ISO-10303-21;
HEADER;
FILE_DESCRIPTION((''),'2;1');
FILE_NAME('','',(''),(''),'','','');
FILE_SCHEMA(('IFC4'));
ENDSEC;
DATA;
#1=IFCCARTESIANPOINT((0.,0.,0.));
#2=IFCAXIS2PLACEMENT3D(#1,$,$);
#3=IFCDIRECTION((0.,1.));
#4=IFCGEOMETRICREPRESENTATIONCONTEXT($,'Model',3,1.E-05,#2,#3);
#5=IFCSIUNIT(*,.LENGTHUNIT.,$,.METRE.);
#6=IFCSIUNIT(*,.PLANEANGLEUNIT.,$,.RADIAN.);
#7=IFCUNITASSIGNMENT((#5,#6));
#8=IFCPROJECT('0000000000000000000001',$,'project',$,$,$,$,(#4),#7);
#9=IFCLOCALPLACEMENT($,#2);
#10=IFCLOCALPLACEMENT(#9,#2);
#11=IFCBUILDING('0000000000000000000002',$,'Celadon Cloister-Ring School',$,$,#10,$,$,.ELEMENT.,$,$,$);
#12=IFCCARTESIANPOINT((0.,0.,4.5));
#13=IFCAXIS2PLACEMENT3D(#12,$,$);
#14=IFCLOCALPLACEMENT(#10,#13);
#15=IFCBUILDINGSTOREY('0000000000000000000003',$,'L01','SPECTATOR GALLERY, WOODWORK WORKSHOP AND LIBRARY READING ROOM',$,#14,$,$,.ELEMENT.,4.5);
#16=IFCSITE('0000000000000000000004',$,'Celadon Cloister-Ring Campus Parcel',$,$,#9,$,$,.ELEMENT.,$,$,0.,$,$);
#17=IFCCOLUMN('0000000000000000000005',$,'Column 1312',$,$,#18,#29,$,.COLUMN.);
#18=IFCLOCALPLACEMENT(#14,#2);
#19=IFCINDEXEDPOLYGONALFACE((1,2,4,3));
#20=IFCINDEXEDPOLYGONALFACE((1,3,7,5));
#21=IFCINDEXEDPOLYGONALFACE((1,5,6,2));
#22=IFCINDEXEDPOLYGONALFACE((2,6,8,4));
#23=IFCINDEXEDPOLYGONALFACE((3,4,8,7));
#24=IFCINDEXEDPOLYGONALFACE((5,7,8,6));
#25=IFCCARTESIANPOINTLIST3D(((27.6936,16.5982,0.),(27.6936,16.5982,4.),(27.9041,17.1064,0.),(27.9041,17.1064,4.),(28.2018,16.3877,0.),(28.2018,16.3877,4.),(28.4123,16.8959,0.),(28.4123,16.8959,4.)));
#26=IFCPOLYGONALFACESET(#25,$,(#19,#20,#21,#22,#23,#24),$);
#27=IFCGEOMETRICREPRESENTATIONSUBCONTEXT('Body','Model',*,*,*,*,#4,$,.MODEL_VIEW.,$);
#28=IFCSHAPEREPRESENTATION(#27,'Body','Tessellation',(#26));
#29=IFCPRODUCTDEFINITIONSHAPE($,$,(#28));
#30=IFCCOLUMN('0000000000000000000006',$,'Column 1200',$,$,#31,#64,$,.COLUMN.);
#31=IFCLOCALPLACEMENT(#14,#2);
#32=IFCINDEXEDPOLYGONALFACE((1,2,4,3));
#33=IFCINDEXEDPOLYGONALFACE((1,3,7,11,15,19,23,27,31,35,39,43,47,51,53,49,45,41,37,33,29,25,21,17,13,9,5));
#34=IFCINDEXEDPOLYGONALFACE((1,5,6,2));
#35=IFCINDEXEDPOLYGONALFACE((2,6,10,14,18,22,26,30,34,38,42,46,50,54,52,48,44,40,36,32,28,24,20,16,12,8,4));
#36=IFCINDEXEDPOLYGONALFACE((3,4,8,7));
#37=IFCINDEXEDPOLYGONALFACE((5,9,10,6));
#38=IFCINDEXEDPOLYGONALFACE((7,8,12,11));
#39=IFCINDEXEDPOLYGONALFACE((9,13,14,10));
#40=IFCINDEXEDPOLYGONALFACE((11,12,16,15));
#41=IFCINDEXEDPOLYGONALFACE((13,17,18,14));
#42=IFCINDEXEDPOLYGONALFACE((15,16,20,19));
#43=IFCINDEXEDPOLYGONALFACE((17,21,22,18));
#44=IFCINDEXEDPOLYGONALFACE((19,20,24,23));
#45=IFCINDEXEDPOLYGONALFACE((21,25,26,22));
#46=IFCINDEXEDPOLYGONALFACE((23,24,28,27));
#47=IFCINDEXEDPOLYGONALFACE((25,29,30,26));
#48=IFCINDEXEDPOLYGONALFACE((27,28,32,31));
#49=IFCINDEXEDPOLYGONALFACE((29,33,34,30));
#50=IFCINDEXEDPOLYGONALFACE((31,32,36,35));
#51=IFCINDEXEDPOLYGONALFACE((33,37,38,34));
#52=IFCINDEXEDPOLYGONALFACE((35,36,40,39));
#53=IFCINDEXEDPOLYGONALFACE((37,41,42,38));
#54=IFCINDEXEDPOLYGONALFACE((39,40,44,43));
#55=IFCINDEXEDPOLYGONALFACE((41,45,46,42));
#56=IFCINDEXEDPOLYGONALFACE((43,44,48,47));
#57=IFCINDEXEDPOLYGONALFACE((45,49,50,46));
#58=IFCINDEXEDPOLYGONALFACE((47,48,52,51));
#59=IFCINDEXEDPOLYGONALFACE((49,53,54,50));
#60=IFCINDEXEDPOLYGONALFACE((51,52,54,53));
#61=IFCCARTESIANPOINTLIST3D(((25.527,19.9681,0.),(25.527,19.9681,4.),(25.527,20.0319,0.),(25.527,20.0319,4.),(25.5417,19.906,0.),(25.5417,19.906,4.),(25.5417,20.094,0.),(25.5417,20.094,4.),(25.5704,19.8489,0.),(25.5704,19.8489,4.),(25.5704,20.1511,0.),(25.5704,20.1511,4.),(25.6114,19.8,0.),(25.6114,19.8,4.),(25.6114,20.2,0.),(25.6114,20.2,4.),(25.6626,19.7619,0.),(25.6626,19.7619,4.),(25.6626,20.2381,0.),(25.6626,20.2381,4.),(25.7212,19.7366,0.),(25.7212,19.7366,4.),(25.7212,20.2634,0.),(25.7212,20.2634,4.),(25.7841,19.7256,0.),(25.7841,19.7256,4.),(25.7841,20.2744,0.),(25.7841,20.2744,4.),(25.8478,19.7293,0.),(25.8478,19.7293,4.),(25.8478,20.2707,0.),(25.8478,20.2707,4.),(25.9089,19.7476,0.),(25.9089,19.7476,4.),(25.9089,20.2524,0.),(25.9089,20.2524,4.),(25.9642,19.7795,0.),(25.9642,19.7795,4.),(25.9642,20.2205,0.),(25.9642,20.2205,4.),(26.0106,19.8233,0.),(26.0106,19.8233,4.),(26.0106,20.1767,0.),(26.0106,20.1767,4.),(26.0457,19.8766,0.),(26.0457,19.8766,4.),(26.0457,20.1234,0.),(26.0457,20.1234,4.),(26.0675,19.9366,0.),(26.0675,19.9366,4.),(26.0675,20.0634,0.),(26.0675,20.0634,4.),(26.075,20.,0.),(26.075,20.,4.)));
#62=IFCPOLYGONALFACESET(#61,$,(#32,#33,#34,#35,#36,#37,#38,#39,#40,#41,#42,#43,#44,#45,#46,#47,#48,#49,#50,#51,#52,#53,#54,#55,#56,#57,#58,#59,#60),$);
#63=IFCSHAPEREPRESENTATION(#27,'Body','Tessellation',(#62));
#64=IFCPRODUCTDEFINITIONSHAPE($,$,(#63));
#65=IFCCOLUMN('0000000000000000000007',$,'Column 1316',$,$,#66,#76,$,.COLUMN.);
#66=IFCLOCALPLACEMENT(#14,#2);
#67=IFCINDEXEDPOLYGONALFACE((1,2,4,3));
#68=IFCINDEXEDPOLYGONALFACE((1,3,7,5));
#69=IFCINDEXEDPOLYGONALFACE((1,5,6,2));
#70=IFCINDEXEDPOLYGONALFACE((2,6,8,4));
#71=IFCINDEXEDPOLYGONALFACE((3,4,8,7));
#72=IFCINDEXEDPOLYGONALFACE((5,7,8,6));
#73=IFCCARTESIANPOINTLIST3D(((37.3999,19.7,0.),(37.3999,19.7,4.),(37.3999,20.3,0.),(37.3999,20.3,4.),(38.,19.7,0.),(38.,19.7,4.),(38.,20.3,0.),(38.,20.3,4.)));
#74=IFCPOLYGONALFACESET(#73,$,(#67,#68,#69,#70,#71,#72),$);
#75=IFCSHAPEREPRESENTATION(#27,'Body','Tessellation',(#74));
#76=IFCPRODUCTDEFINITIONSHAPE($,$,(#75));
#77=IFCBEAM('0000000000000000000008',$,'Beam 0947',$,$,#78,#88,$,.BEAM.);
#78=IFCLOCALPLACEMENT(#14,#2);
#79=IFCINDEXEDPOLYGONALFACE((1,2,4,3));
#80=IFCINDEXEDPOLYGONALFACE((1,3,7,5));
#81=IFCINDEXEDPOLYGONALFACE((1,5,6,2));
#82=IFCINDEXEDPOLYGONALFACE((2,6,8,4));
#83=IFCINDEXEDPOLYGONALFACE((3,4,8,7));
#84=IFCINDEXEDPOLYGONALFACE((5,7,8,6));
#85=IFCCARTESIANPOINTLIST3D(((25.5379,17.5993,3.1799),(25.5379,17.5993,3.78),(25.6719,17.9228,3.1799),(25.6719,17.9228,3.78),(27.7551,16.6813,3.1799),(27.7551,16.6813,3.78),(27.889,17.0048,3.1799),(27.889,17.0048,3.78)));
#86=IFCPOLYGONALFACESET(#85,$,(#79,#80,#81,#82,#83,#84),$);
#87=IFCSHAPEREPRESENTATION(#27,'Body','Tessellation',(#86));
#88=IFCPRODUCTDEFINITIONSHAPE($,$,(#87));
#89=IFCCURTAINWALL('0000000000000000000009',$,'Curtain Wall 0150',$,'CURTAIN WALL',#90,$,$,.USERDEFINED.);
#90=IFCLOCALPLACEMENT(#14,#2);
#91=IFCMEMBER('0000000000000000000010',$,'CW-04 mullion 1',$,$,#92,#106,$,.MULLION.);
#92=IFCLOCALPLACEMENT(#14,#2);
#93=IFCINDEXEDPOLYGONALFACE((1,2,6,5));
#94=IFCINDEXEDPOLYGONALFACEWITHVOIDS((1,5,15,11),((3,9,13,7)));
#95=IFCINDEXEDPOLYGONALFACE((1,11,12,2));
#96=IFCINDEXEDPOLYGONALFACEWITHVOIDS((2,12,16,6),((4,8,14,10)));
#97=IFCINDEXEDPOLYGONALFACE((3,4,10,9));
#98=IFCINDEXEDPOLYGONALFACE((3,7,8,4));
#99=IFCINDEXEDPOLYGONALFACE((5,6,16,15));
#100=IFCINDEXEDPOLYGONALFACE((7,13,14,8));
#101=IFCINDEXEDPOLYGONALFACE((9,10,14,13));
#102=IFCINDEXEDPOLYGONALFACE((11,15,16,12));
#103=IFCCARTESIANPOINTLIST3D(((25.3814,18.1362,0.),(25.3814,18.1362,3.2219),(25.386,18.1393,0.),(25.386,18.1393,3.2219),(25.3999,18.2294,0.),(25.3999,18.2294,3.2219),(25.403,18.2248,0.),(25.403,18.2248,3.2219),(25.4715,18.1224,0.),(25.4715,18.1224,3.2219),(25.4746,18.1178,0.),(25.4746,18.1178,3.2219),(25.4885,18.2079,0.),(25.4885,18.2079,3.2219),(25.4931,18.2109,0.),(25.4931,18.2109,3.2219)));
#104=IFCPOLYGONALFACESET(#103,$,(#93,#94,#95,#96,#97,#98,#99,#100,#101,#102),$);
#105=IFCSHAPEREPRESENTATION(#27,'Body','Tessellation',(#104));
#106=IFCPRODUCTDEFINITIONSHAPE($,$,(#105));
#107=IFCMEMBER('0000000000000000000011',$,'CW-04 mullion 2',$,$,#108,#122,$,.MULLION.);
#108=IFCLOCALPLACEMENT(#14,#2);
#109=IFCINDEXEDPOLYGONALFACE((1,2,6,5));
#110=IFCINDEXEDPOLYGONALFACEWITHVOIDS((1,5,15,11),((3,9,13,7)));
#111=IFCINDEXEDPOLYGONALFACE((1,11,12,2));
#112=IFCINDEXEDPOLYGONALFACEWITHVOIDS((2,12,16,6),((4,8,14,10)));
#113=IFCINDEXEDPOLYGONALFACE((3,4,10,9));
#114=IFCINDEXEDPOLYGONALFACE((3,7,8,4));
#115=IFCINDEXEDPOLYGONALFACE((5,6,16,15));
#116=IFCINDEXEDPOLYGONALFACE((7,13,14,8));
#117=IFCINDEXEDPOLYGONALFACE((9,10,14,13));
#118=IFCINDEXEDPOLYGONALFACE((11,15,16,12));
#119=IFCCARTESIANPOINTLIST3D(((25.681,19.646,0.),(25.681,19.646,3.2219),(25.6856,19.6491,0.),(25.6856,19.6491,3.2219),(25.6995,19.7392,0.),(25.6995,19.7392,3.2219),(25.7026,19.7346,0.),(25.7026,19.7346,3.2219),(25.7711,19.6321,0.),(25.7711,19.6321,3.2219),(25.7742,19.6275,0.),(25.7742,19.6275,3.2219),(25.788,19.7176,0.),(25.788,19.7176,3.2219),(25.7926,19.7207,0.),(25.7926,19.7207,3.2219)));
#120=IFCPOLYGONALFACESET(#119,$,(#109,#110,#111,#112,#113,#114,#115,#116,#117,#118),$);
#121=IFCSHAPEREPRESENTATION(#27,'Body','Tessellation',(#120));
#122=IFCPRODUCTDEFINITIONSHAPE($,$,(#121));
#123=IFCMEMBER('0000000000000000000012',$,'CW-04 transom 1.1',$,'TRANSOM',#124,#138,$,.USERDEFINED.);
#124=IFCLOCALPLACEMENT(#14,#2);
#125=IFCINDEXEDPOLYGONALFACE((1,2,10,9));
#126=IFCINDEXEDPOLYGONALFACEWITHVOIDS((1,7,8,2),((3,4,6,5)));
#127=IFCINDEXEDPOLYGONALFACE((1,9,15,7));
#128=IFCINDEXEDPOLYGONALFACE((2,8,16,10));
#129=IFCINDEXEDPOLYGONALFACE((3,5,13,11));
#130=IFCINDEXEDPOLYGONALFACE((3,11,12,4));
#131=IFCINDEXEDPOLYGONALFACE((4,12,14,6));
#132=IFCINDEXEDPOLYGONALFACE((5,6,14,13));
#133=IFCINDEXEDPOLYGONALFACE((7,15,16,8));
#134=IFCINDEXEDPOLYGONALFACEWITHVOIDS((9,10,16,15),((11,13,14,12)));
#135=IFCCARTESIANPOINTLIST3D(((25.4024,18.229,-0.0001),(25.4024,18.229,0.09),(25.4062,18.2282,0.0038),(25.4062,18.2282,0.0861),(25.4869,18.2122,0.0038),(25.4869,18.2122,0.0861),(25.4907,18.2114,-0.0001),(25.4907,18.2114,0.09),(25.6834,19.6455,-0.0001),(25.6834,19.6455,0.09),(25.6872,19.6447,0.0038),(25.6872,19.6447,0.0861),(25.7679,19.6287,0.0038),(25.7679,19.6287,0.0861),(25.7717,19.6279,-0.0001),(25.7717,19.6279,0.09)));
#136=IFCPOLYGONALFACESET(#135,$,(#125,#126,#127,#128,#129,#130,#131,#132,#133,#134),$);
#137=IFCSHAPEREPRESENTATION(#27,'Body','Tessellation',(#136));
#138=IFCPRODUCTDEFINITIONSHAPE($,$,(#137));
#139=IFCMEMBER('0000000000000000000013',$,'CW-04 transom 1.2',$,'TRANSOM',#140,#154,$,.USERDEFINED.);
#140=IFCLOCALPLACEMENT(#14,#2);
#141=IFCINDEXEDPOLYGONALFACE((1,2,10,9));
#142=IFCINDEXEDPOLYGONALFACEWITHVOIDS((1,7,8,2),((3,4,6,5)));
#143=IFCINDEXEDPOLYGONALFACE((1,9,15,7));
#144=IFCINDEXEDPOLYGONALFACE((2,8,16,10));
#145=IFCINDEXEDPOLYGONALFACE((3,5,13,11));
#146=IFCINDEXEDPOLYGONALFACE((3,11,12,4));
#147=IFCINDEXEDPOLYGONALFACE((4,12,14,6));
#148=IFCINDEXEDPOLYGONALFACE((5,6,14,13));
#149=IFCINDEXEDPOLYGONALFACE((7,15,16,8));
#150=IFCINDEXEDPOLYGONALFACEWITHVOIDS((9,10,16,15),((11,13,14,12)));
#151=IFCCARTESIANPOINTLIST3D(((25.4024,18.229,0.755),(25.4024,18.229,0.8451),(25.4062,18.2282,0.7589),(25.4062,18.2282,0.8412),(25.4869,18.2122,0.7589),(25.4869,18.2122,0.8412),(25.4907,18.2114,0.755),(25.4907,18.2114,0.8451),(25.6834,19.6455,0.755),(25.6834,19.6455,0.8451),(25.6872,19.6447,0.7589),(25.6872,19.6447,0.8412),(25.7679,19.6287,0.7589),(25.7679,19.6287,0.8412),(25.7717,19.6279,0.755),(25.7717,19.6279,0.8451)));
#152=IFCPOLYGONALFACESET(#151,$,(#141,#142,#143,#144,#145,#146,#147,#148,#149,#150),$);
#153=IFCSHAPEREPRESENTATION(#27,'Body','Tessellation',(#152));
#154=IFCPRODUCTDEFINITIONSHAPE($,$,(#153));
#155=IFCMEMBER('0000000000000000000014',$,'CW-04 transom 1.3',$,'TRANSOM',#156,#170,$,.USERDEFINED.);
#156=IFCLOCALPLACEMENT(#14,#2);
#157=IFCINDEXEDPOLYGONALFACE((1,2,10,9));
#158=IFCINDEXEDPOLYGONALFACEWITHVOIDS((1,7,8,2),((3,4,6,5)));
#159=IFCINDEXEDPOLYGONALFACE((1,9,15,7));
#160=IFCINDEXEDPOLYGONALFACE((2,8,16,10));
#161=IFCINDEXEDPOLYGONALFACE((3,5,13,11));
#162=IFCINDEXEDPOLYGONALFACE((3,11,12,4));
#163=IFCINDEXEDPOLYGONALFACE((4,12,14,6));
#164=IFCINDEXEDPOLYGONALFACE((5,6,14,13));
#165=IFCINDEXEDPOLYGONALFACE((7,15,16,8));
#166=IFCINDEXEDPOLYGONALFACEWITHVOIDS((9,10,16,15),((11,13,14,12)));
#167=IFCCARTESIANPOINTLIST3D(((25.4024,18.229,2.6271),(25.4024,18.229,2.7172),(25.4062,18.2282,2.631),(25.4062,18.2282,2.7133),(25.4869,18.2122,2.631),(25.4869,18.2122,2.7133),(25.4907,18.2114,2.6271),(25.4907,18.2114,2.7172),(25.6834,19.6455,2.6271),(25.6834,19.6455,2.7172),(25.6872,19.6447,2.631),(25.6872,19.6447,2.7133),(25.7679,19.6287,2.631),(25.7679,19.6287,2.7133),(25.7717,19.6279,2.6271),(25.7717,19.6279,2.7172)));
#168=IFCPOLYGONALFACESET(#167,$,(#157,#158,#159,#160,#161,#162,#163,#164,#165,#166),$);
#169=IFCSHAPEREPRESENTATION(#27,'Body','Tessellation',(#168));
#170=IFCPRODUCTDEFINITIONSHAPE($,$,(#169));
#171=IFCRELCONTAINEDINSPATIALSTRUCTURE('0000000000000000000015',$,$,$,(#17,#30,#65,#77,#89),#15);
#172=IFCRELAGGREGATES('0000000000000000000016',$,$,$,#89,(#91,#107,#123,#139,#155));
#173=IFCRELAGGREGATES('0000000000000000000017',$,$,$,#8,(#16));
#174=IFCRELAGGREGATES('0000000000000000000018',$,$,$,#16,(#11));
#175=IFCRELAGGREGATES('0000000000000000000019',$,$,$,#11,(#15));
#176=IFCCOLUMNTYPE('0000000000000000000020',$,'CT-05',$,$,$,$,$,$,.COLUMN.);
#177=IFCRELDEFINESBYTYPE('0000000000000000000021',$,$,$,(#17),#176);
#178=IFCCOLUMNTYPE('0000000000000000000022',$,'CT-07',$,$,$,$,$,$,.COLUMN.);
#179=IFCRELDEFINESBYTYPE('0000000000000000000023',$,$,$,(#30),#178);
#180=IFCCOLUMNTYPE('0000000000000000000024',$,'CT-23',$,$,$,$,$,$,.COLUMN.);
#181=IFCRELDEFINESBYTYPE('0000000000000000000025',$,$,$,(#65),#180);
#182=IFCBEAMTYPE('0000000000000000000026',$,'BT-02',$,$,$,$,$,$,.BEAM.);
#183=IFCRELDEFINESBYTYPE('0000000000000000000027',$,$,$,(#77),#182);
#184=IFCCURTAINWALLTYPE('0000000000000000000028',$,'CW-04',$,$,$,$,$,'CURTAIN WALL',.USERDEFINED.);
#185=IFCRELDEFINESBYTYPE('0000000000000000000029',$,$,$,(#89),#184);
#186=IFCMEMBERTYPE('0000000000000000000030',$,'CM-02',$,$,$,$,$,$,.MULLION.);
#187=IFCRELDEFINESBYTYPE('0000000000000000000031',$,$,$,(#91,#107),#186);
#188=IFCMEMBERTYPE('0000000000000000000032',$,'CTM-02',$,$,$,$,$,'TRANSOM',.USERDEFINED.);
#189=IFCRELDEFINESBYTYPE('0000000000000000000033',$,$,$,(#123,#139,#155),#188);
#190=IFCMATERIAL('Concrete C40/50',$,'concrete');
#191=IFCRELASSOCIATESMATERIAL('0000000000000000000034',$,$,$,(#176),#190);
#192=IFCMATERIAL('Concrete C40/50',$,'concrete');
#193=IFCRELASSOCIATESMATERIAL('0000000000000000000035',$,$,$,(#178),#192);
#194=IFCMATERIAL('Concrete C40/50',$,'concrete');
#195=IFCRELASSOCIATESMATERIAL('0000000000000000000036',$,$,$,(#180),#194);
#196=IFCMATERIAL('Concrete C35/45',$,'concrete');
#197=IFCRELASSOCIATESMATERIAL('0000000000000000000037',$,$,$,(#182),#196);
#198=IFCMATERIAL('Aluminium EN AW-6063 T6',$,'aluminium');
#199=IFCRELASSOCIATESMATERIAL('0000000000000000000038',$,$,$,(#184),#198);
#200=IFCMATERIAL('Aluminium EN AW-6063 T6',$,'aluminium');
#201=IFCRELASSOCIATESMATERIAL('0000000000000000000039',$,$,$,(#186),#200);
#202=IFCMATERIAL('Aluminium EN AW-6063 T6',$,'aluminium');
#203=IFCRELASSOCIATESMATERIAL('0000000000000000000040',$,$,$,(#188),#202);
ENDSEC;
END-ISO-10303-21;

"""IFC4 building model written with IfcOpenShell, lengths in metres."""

from ifc_helpers import new_model, si_unit, direction, frame, origin, origin_2d, place, context, subcontext, project, spatial, rectangle, hollow_rectangle, circle, extrude, material, material_profile, profile_set, type_object, element, aggregate, save


model = new_model("IFC4")

# Units and contexts
model_context = context("Model", 3, precision=1e-05, world=origin(), true_north=direction((0.0, 1.0)))
body_context = subcontext(model_context, "Body", "Model", "MODEL_VIEW")
ifc_project = project(units=[si_unit("LENGTHUNIT", "METRE"), si_unit("PLANEANGLEUNIT", "RADIAN")], contexts=[model_context])

# Site, building, storey
site_placement = place(None, origin())
site = spatial("IfcSite", under=ifc_project, at=site_placement, Name="Celadon Cloister-Ring Campus Parcel", CompositionType="ELEMENT", RefElevation=0.0)
building_placement = place(site_placement, origin())
building = spatial("IfcBuilding", under=site, at=building_placement, Name="Celadon Cloister-Ring School", CompositionType="ELEMENT")
storey_placement = place(building_placement, frame((0.0, 0.0, 4.5)))
storey = spatial("IfcBuildingStorey", under=building, at=storey_placement, Name="L01", Description="SPECTATOR GALLERY, WOODWORK WORKSHOP AND LIBRARY READING ROOM", CompositionType="ELEMENT", Elevation=4.5)

# Columns
ifc_material_1 = material(Name="Concrete C40/50", Category="concrete")
ifc_material_profile_1 = material_profile(ifc_material_1, rectangle(XDim=0.55, YDim=0.55, at=origin_2d()), Name="RC550X550")
ifc_profile_set_1 = profile_set([ifc_material_profile_1], Name="Concrete C40/50")
column_type_1 = type_object("IfcColumnType", Name="CT-05", PredefinedType="COLUMN", material=ifc_profile_set_1)
column_1_placement = place(storey_placement, frame((28.053, 16.7471, 0.0), z_axis=(0.0, 0.0, 1.0), x_axis=(0.92388, -0.382683, 0.0)))
element("IfcColumn", 1, at=column_1_placement, inside=storey, type_object=column_type_1, Name="Column 1312", PredefinedType="COLUMN", context=body_context, shape_type="SweptSolid", body=[
    extrude(rectangle(XDim=0.55, YDim=0.55, at=origin_2d()), origin(), (0.0, 0.0, 1.0), 4.0),
])
ifc_material_2 = material(Name="Concrete C40/50", Category="concrete")
ifc_material_profile_2 = material_profile(ifc_material_2, circle(Radius=0.2749, at=origin_2d()), Name="CIRC550")
ifc_profile_set_2 = profile_set([ifc_material_profile_2], Name="Concrete C40/50")
column_type_2 = type_object("IfcColumnType", Name="CT-07", PredefinedType="COLUMN", material=ifc_profile_set_2)
column_2_placement = place(storey_placement, frame((25.8, 20.0, 0.0), z_axis=(0.0, 0.0, 1.0), x_axis=(1.0, 0.0, 0.0)))
element("IfcColumn", 2, at=column_2_placement, inside=storey, type_object=column_type_2, Name="Column 1200", PredefinedType="COLUMN", context=body_context, shape_type="SweptSolid", body=[
    extrude(circle(Radius=0.2749, at=origin_2d()), origin(), (0.0, 0.0, 1.0), 4.0),
])
ifc_material_3 = material(Name="Concrete C40/50", Category="concrete")
ifc_material_profile_3 = material_profile(ifc_material_3, rectangle(XDim=0.6001, YDim=0.6001, at=origin_2d()), Name="RC600X600")
ifc_profile_set_3 = profile_set([ifc_material_profile_3], Name="Concrete C40/50")
column_type_3 = type_object("IfcColumnType", Name="CT-23", PredefinedType="COLUMN", material=ifc_profile_set_3)
column_3_placement = place(storey_placement, frame((37.7, 20.0, 0.0), z_axis=(0.0, 0.0, 1.0), x_axis=(1.0, 0.0, 0.0)))
element("IfcColumn", 3, at=column_3_placement, inside=storey, type_object=column_type_3, Name="Column 1316", PredefinedType="COLUMN", context=body_context, shape_type="SweptSolid", body=[
    extrude(rectangle(XDim=0.6001, YDim=0.6001, at=origin_2d()), origin(), (0.0, 0.0, 1.0), 4.0),
])

# Beam
ifc_material_4 = material(Name="Concrete C35/45", Category="concrete")
ifc_material_profile_4 = material_profile(ifc_material_4, rectangle(XDim=0.3501, YDim=0.6001, at=origin_2d()), Name="RC350X600")
ifc_profile_set_4 = profile_set([ifc_material_profile_4], Name="Concrete C35/45")
beam_type_1 = type_object("IfcBeamType", Name="BT-02", PredefinedType="BEAM", material=ifc_profile_set_4)
beam_1_placement = place(storey_placement, frame((27.822, 16.843, 3.48), z_axis=(-0.923933, 0.382555, 0.0), x_axis=(-0.382555, -0.923933, 0.0)))
element("IfcBeam", 4, at=beam_1_placement, inside=storey, type_object=beam_type_1, Name="Beam 0947", PredefinedType="BEAM", context=body_context, shape_type="SweptSolid", body=[
    extrude(rectangle(XDim=0.3501, YDim=0.6001, at=origin_2d()), origin(), (0.0, 0.0, 1.0), 2.3997),
])

# Curtain wall, members
ifc_material_5 = material(Name="Aluminium EN AW-6063 T6", Category="aluminium")
curtain_wall_type = type_object("IfcCurtainWallType", Name="CW-04", ElementType="CURTAIN WALL", PredefinedType="USERDEFINED", material=ifc_material_5)
curtain_wall_placement = place(storey_placement, origin())
curtain_wall = element("IfcCurtainWall", 5, at=curtain_wall_placement, inside=storey, type_object=curtain_wall_type, Name="Curtain Wall 0150", ObjectType="CURTAIN WALL", PredefinedType="USERDEFINED")
ifc_material_6 = material(Name="Aluminium EN AW-6063 T6", Category="aluminium")
ifc_material_profile_5 = material_profile(ifc_material_6, hollow_rectangle(XDim=0.095, YDim=0.095, WallThickness=0.0039, at=origin_2d()), Name="RHS95X95X4")
ifc_profile_set_5 = profile_set([ifc_material_profile_5], Name="Aluminium EN AW-6063 T6")
member_type_1 = type_object("IfcMemberType", Name="CM-02", PredefinedType="MULLION", material=ifc_profile_set_5)
member_1_placement = place(storey_placement, frame((25.4373, 18.1736, 0.0), z_axis=(0.0, 0.0, 1.0), x_axis=(-0.980885, 0.194586, 0.0)))
member_1 = element("IfcMember", 6, at=member_1_placement, type_object=member_type_1, Name="CW-04 mullion 1", PredefinedType="MULLION", context=body_context, shape_type="SweptSolid", body=[
    extrude(hollow_rectangle(XDim=0.095, YDim=0.095, WallThickness=0.0039, at=origin_2d()), origin(), (0.0, 0.0, 1.0), 3.2219),
])
member_2_placement = place(storey_placement, frame((25.7368, 19.6833, 0.0), z_axis=(0.0, 0.0, 1.0), x_axis=(-0.980885, 0.194586, 0.0)))
member_2 = element("IfcMember", 7, at=member_2_placement, type_object=member_type_1, Name="CW-04 mullion 2", PredefinedType="MULLION", context=body_context, shape_type="SweptSolid", body=[
    extrude(hollow_rectangle(XDim=0.095, YDim=0.095, WallThickness=0.0039, at=origin_2d()), origin(), (0.0, 0.0, 1.0), 3.2219),
])
ifc_material_7 = material(Name="Aluminium EN AW-6063 T6", Category="aluminium")
ifc_material_profile_6 = material_profile(ifc_material_7, hollow_rectangle(XDim=0.0901, YDim=0.0901, WallThickness=0.0039, at=origin_2d()), Name="RHS90X90X4")
ifc_profile_set_6 = profile_set([ifc_material_profile_6], Name="Aluminium EN AW-6063 T6")
member_type_2 = type_object("IfcMemberType", Name="CTM-02", ElementType="TRANSOM", PredefinedType="USERDEFINED", material=ifc_profile_set_6)
member_3_placement = place(storey_placement, frame((25.4465, 18.2202, 0.0449), z_axis=(0.194588, 0.980885, 0.0), x_axis=(-0.980885, 0.194588, 0.0)))
member_3 = element("IfcMember", 8, at=member_3_placement, type_object=member_type_2, Name="CW-04 transom 1.1", ObjectType="TRANSOM", PredefinedType="USERDEFINED", context=body_context, shape_type="SweptSolid", body=[
    extrude(hollow_rectangle(XDim=0.0901, YDim=0.0901, WallThickness=0.0039, at=origin_2d()), origin(), (0.0, 0.0, 1.0), 1.4441),
])
member_4_placement = place(storey_placement, frame((25.4465, 18.2202, 0.8), z_axis=(0.194588, 0.980885, 0.0), x_axis=(-0.980885, 0.194588, 0.0)))
member_4 = element("IfcMember", 9, at=member_4_placement, type_object=member_type_2, Name="CW-04 transom 1.2", ObjectType="TRANSOM", PredefinedType="USERDEFINED", context=body_context, shape_type="SweptSolid", body=[
    extrude(hollow_rectangle(XDim=0.0901, YDim=0.0901, WallThickness=0.0039, at=origin_2d()), origin(), (0.0, 0.0, 1.0), 1.4441),
])
member_5_placement = place(storey_placement, frame((25.4465, 18.2202, 2.6721), z_axis=(0.194588, 0.980885, 0.0), x_axis=(-0.980885, 0.194588, 0.0)))
member_5 = element("IfcMember", 10, at=member_5_placement, type_object=member_type_2, Name="CW-04 transom 1.3", ObjectType="TRANSOM", PredefinedType="USERDEFINED", context=body_context, shape_type="SweptSolid", body=[
    extrude(hollow_rectangle(XDim=0.0901, YDim=0.0901, WallThickness=0.0039, at=origin_2d()), origin(), (0.0, 0.0, 1.0), 1.4441),
])

aggregate(curtain_wall, [member_1, member_2, member_3, member_4, member_5])

save(model, "model.ifc")
